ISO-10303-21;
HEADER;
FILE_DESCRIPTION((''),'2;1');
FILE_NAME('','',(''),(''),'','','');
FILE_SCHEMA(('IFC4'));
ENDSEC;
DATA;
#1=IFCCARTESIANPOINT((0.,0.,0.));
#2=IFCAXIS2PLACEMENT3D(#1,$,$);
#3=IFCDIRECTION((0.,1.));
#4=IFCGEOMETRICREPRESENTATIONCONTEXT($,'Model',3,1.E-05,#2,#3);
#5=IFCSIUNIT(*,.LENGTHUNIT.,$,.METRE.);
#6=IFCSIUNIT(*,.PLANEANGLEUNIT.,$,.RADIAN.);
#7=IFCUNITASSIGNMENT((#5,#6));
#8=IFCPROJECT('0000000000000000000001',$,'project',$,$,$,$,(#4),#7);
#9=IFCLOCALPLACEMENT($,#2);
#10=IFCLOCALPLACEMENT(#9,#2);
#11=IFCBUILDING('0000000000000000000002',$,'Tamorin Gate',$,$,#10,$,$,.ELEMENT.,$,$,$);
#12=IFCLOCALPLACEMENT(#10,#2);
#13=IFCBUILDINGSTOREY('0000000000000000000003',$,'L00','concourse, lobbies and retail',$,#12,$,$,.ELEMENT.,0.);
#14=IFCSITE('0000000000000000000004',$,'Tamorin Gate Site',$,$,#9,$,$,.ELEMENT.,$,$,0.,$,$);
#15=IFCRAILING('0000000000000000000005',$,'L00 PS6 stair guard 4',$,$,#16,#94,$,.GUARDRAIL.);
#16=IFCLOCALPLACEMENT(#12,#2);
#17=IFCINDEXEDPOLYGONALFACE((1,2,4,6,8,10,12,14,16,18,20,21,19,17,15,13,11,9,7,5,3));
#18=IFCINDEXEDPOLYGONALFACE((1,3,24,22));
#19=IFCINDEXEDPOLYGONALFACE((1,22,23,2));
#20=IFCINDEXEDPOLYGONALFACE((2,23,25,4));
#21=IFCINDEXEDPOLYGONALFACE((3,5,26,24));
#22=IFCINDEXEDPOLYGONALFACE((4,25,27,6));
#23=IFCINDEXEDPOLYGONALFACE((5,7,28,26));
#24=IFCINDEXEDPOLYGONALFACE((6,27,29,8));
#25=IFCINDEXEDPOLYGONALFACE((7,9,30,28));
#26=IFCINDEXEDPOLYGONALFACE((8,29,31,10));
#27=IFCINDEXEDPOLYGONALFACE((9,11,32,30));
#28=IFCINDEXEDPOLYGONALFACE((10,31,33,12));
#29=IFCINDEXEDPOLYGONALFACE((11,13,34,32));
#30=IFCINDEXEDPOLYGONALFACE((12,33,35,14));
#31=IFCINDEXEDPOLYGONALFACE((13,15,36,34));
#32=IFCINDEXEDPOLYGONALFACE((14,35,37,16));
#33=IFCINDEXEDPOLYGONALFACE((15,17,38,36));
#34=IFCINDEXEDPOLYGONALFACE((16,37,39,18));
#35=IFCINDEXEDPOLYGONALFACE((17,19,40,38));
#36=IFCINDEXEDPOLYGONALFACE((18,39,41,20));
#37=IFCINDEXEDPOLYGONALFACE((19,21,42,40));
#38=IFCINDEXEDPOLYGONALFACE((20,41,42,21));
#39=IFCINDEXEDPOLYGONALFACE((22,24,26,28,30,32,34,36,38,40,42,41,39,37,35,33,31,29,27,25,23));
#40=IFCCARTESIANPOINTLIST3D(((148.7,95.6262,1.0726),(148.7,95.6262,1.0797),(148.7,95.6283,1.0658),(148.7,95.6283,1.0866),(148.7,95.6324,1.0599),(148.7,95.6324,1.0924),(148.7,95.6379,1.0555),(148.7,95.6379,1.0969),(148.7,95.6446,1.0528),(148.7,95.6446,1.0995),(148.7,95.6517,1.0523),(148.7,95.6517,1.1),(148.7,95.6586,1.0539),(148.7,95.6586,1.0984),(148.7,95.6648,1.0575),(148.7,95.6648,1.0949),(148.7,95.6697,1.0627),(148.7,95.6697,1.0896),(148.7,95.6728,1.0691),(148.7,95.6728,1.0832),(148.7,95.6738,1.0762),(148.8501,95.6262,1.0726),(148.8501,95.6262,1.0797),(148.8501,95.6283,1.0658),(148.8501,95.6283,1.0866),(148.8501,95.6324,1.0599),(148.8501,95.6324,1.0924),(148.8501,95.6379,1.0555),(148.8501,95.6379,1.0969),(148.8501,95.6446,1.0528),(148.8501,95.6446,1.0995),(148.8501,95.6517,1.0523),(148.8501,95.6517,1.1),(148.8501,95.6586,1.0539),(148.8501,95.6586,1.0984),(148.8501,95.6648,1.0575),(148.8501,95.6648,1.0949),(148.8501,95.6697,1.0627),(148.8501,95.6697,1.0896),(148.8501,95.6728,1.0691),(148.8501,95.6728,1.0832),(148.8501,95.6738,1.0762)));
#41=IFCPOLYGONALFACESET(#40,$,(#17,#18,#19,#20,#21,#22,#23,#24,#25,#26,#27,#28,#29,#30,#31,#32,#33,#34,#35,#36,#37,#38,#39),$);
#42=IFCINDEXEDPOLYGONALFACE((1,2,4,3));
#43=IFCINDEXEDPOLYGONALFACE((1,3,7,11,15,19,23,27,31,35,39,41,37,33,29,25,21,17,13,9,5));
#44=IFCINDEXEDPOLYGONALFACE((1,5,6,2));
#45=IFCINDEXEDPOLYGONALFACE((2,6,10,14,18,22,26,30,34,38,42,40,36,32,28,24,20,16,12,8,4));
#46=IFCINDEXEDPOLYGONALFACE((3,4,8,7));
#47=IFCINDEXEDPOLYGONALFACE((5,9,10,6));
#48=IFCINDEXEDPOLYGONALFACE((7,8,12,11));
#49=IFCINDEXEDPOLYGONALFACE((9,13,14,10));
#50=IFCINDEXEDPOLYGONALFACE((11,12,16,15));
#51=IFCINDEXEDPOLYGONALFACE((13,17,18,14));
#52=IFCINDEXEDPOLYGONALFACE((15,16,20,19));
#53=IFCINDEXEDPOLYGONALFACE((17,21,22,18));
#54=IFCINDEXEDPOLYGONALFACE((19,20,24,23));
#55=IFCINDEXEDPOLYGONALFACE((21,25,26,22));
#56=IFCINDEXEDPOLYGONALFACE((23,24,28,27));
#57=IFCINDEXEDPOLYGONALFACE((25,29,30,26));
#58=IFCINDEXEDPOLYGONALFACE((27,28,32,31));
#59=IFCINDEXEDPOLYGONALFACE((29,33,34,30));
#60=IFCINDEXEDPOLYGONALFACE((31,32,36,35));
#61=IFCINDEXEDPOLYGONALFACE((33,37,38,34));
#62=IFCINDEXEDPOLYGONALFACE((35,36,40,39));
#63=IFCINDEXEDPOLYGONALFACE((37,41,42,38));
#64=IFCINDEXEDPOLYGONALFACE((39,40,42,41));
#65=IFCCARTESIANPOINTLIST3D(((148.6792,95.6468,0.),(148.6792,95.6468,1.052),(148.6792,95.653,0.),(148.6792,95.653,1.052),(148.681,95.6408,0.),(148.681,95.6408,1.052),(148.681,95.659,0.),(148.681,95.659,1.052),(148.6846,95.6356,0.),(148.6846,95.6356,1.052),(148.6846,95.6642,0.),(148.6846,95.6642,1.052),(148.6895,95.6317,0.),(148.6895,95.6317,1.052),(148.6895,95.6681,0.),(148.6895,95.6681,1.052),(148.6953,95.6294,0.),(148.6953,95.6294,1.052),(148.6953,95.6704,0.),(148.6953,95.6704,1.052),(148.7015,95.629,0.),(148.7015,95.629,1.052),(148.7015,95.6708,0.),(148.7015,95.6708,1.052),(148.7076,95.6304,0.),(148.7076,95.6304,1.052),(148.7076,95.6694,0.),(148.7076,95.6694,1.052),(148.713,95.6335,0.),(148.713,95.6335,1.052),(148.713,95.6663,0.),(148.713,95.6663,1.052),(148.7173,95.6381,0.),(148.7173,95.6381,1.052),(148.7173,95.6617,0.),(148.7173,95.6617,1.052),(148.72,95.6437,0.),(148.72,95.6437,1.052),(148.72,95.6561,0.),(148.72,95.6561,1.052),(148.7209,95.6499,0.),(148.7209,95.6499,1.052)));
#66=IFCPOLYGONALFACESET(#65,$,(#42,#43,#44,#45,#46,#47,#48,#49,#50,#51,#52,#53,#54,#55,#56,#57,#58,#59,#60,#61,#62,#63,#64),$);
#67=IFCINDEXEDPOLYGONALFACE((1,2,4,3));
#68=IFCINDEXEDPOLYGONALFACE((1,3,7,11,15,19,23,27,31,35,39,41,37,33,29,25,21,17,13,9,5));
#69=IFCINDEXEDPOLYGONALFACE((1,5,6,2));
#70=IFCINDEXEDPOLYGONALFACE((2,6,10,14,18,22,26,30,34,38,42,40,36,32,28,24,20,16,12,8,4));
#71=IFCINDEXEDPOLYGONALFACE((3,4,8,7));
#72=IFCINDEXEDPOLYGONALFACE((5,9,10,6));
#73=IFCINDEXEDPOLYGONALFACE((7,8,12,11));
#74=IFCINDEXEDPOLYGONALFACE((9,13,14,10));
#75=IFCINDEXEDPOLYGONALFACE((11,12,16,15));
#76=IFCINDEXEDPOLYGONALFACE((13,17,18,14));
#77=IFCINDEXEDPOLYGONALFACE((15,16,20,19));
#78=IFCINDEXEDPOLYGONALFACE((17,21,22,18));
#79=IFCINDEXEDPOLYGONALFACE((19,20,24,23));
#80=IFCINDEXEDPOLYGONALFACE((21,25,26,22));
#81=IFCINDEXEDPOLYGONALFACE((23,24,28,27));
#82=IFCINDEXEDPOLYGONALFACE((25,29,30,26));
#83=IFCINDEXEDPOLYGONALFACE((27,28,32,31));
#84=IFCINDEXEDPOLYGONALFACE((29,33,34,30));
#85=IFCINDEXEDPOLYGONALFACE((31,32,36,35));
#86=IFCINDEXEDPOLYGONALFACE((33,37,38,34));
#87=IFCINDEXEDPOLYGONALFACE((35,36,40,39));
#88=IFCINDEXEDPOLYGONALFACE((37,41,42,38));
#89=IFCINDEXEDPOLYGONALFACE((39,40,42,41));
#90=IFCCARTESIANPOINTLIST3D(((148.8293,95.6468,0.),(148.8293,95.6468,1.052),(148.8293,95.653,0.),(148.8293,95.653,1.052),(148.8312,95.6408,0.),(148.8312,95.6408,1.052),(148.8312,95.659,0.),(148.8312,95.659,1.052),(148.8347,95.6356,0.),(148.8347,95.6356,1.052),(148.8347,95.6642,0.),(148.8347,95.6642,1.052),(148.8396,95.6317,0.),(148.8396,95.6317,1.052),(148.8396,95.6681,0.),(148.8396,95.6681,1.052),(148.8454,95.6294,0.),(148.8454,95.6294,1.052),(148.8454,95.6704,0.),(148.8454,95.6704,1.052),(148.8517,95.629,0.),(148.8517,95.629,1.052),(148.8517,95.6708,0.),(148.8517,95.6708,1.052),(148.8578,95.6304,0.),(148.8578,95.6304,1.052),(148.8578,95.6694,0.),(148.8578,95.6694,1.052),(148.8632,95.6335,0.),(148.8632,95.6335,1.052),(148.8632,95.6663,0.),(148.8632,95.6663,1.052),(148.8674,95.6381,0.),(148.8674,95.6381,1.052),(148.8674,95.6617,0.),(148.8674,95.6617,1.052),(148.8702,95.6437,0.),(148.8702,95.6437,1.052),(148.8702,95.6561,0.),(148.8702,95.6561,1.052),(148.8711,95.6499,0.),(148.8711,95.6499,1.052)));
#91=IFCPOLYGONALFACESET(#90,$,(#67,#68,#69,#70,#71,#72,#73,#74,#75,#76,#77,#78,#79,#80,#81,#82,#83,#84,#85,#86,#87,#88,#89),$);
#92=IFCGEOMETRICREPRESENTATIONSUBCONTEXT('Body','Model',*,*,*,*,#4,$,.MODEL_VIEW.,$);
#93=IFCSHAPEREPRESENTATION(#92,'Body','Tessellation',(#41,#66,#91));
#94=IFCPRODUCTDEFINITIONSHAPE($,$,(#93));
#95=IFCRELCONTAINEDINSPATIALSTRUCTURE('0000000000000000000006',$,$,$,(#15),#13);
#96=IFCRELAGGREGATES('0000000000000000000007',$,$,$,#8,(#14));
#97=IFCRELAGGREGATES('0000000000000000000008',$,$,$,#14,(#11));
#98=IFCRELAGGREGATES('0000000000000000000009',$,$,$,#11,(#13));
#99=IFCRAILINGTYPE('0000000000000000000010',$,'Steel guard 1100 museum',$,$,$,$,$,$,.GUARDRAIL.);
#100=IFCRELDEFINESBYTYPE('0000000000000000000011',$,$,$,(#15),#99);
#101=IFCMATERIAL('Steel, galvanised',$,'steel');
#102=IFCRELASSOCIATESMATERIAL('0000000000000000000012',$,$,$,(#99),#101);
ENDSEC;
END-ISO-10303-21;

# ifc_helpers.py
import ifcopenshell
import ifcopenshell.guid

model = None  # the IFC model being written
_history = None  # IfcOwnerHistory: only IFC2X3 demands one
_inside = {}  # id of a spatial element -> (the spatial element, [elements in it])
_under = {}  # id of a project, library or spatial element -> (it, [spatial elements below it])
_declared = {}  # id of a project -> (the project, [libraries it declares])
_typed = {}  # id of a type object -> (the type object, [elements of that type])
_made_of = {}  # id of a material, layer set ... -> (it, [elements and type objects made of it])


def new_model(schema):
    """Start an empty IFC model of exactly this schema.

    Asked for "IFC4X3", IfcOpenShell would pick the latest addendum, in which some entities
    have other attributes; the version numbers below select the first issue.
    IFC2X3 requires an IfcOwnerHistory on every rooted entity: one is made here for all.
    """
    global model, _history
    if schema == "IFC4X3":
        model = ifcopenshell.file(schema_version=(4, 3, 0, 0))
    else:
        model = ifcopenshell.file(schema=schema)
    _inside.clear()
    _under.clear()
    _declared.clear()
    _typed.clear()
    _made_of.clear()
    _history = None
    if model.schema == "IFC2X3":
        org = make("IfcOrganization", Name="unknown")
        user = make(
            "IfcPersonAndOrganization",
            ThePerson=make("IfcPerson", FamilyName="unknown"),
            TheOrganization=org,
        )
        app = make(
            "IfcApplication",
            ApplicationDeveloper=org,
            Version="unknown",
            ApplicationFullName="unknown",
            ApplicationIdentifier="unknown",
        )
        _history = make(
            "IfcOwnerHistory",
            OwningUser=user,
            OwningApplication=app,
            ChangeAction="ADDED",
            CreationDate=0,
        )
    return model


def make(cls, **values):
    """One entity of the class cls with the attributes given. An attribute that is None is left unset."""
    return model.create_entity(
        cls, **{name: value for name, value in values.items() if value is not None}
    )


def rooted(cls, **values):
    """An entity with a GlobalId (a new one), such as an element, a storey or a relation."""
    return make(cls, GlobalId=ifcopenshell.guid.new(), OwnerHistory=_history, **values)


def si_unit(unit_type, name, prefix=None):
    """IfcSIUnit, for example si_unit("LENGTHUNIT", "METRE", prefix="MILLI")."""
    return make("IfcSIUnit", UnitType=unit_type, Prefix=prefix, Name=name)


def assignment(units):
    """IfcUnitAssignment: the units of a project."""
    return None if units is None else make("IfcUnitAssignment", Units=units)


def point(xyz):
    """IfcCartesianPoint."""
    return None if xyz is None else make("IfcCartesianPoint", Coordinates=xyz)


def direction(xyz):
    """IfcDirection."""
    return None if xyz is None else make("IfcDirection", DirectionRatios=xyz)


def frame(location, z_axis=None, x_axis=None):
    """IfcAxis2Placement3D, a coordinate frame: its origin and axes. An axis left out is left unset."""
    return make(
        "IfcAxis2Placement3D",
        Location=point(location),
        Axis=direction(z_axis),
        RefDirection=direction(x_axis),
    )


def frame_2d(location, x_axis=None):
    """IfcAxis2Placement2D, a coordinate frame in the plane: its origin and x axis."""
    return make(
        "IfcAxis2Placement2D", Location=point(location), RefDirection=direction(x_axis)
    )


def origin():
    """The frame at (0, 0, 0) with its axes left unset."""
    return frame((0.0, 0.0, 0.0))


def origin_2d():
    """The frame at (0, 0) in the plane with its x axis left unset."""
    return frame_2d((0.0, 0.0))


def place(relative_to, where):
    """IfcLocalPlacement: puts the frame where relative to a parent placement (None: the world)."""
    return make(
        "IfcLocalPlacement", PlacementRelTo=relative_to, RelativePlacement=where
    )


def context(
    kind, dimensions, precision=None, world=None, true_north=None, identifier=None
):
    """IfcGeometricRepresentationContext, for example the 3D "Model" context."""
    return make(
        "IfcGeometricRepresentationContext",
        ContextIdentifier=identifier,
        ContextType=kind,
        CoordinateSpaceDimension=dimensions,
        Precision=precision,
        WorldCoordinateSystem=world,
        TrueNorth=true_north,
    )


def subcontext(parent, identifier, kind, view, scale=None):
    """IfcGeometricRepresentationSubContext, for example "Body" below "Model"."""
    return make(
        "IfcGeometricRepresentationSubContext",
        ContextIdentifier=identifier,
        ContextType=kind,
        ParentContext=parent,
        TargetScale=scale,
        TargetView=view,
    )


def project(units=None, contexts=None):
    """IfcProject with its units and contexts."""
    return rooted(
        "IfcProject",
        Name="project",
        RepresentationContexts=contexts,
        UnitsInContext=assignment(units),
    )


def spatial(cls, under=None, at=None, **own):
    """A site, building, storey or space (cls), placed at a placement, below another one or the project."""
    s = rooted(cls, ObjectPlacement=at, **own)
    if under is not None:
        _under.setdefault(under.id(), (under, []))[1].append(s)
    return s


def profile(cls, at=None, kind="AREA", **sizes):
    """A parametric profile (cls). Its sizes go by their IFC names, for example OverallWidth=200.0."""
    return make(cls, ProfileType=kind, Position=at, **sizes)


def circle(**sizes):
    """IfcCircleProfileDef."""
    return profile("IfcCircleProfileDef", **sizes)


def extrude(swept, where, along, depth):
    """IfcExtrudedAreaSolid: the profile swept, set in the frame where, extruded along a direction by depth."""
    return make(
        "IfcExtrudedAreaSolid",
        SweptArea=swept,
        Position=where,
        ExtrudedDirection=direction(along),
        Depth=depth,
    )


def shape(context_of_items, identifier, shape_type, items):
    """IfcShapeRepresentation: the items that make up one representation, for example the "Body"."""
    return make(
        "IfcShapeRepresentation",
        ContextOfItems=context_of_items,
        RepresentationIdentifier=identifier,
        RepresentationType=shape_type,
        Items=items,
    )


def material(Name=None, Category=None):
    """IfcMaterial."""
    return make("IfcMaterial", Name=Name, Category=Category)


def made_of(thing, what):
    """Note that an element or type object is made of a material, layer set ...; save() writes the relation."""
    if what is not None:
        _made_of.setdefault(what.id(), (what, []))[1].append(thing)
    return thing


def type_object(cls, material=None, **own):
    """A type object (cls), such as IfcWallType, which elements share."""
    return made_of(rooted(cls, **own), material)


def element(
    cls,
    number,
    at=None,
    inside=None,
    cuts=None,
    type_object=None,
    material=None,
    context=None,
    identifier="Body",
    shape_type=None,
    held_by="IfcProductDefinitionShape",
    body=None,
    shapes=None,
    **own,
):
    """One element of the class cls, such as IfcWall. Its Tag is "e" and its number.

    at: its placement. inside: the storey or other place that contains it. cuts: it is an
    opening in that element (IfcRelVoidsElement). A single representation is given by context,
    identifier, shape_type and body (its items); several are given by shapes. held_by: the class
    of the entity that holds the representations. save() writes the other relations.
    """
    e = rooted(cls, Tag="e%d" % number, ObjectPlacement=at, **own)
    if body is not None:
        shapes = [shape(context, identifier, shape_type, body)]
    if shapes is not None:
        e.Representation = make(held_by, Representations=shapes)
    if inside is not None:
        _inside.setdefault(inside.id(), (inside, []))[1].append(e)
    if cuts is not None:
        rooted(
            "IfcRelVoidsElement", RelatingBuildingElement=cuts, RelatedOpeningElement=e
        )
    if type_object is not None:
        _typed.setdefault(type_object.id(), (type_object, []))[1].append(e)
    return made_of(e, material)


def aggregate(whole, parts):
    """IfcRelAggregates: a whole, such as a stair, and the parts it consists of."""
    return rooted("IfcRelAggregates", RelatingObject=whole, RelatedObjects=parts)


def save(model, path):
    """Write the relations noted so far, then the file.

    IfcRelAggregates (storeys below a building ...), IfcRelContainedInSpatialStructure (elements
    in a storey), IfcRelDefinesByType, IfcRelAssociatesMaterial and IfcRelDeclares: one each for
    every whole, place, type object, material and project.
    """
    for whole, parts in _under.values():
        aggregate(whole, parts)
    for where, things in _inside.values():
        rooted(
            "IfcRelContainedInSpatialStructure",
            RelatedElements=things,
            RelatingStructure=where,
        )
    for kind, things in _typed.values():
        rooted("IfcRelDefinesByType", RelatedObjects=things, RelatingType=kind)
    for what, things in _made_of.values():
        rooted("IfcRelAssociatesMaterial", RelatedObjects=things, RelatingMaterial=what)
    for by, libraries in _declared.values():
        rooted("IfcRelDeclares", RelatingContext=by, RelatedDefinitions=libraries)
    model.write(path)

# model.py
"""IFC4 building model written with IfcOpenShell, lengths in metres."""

from ifc_helpers import new_model, si_unit, direction, frame, origin, origin_2d, place, context, subcontext, project, spatial, circle, extrude, material, type_object, element, save


model = new_model("IFC4")

# Units and contexts
model_context = context("Model", 3, precision=1e-05, world=origin(), true_north=direction((0.0, 1.0)))
body_context = subcontext(model_context, "Body", "Model", "MODEL_VIEW")
ifc_project = project(units=[si_unit("LENGTHUNIT", "METRE"), si_unit("PLANEANGLEUNIT", "RADIAN")], contexts=[model_context])

# Site, building, storey
site_placement = place(None, origin())
site = spatial("IfcSite", under=ifc_project, at=site_placement, Name="Tamorin Gate Site", CompositionType="ELEMENT", RefElevation=0.0)
building_placement = place(site_placement, origin())
building = spatial("IfcBuilding", under=site, at=building_placement, Name="Tamorin Gate", CompositionType="ELEMENT")
storey_placement = place(building_placement, origin())
storey = spatial("IfcBuildingStorey", under=building, at=storey_placement, Name="L00", Description="concourse, lobbies and retail", CompositionType="ELEMENT", Elevation=0.0)

# Railing
ifc_material_1 = material(Name="Steel, galvanised", Category="steel")
railing_type_1 = type_object("IfcRailingType", Name="Steel guard 1100 museum", PredefinedType="GUARDRAIL", material=ifc_material_1)
railing_1_placement = place(storey_placement, frame((148.7, 95.6499, 0.0)))
element("IfcRailing", 1, at=railing_1_placement, inside=storey, type_object=railing_type_1, Name="L00 PS6 stair guard 4", PredefinedType="GUARDRAIL", context=body_context, shape_type="SweptSolid", body=[
    extrude(circle(Radius=0.0239, at=origin_2d()), frame((0.0, 0.0, 1.0762), z_axis=(1.0, 0.0, 0.0), x_axis=(0.0, 1.0, 0.0)), (0.0, 0.0, 1.0), 0.1501),
    extrude(circle(Radius=0.021, at=origin_2d()), origin(), (0.0, 0.0, 1.0), 1.052),
    extrude(circle(Radius=0.021, at=origin_2d()), frame((0.1501, 0.0, 0.0)), (0.0, 0.0, 1.0), 1.052),
])

save(model, "model.ifc")
